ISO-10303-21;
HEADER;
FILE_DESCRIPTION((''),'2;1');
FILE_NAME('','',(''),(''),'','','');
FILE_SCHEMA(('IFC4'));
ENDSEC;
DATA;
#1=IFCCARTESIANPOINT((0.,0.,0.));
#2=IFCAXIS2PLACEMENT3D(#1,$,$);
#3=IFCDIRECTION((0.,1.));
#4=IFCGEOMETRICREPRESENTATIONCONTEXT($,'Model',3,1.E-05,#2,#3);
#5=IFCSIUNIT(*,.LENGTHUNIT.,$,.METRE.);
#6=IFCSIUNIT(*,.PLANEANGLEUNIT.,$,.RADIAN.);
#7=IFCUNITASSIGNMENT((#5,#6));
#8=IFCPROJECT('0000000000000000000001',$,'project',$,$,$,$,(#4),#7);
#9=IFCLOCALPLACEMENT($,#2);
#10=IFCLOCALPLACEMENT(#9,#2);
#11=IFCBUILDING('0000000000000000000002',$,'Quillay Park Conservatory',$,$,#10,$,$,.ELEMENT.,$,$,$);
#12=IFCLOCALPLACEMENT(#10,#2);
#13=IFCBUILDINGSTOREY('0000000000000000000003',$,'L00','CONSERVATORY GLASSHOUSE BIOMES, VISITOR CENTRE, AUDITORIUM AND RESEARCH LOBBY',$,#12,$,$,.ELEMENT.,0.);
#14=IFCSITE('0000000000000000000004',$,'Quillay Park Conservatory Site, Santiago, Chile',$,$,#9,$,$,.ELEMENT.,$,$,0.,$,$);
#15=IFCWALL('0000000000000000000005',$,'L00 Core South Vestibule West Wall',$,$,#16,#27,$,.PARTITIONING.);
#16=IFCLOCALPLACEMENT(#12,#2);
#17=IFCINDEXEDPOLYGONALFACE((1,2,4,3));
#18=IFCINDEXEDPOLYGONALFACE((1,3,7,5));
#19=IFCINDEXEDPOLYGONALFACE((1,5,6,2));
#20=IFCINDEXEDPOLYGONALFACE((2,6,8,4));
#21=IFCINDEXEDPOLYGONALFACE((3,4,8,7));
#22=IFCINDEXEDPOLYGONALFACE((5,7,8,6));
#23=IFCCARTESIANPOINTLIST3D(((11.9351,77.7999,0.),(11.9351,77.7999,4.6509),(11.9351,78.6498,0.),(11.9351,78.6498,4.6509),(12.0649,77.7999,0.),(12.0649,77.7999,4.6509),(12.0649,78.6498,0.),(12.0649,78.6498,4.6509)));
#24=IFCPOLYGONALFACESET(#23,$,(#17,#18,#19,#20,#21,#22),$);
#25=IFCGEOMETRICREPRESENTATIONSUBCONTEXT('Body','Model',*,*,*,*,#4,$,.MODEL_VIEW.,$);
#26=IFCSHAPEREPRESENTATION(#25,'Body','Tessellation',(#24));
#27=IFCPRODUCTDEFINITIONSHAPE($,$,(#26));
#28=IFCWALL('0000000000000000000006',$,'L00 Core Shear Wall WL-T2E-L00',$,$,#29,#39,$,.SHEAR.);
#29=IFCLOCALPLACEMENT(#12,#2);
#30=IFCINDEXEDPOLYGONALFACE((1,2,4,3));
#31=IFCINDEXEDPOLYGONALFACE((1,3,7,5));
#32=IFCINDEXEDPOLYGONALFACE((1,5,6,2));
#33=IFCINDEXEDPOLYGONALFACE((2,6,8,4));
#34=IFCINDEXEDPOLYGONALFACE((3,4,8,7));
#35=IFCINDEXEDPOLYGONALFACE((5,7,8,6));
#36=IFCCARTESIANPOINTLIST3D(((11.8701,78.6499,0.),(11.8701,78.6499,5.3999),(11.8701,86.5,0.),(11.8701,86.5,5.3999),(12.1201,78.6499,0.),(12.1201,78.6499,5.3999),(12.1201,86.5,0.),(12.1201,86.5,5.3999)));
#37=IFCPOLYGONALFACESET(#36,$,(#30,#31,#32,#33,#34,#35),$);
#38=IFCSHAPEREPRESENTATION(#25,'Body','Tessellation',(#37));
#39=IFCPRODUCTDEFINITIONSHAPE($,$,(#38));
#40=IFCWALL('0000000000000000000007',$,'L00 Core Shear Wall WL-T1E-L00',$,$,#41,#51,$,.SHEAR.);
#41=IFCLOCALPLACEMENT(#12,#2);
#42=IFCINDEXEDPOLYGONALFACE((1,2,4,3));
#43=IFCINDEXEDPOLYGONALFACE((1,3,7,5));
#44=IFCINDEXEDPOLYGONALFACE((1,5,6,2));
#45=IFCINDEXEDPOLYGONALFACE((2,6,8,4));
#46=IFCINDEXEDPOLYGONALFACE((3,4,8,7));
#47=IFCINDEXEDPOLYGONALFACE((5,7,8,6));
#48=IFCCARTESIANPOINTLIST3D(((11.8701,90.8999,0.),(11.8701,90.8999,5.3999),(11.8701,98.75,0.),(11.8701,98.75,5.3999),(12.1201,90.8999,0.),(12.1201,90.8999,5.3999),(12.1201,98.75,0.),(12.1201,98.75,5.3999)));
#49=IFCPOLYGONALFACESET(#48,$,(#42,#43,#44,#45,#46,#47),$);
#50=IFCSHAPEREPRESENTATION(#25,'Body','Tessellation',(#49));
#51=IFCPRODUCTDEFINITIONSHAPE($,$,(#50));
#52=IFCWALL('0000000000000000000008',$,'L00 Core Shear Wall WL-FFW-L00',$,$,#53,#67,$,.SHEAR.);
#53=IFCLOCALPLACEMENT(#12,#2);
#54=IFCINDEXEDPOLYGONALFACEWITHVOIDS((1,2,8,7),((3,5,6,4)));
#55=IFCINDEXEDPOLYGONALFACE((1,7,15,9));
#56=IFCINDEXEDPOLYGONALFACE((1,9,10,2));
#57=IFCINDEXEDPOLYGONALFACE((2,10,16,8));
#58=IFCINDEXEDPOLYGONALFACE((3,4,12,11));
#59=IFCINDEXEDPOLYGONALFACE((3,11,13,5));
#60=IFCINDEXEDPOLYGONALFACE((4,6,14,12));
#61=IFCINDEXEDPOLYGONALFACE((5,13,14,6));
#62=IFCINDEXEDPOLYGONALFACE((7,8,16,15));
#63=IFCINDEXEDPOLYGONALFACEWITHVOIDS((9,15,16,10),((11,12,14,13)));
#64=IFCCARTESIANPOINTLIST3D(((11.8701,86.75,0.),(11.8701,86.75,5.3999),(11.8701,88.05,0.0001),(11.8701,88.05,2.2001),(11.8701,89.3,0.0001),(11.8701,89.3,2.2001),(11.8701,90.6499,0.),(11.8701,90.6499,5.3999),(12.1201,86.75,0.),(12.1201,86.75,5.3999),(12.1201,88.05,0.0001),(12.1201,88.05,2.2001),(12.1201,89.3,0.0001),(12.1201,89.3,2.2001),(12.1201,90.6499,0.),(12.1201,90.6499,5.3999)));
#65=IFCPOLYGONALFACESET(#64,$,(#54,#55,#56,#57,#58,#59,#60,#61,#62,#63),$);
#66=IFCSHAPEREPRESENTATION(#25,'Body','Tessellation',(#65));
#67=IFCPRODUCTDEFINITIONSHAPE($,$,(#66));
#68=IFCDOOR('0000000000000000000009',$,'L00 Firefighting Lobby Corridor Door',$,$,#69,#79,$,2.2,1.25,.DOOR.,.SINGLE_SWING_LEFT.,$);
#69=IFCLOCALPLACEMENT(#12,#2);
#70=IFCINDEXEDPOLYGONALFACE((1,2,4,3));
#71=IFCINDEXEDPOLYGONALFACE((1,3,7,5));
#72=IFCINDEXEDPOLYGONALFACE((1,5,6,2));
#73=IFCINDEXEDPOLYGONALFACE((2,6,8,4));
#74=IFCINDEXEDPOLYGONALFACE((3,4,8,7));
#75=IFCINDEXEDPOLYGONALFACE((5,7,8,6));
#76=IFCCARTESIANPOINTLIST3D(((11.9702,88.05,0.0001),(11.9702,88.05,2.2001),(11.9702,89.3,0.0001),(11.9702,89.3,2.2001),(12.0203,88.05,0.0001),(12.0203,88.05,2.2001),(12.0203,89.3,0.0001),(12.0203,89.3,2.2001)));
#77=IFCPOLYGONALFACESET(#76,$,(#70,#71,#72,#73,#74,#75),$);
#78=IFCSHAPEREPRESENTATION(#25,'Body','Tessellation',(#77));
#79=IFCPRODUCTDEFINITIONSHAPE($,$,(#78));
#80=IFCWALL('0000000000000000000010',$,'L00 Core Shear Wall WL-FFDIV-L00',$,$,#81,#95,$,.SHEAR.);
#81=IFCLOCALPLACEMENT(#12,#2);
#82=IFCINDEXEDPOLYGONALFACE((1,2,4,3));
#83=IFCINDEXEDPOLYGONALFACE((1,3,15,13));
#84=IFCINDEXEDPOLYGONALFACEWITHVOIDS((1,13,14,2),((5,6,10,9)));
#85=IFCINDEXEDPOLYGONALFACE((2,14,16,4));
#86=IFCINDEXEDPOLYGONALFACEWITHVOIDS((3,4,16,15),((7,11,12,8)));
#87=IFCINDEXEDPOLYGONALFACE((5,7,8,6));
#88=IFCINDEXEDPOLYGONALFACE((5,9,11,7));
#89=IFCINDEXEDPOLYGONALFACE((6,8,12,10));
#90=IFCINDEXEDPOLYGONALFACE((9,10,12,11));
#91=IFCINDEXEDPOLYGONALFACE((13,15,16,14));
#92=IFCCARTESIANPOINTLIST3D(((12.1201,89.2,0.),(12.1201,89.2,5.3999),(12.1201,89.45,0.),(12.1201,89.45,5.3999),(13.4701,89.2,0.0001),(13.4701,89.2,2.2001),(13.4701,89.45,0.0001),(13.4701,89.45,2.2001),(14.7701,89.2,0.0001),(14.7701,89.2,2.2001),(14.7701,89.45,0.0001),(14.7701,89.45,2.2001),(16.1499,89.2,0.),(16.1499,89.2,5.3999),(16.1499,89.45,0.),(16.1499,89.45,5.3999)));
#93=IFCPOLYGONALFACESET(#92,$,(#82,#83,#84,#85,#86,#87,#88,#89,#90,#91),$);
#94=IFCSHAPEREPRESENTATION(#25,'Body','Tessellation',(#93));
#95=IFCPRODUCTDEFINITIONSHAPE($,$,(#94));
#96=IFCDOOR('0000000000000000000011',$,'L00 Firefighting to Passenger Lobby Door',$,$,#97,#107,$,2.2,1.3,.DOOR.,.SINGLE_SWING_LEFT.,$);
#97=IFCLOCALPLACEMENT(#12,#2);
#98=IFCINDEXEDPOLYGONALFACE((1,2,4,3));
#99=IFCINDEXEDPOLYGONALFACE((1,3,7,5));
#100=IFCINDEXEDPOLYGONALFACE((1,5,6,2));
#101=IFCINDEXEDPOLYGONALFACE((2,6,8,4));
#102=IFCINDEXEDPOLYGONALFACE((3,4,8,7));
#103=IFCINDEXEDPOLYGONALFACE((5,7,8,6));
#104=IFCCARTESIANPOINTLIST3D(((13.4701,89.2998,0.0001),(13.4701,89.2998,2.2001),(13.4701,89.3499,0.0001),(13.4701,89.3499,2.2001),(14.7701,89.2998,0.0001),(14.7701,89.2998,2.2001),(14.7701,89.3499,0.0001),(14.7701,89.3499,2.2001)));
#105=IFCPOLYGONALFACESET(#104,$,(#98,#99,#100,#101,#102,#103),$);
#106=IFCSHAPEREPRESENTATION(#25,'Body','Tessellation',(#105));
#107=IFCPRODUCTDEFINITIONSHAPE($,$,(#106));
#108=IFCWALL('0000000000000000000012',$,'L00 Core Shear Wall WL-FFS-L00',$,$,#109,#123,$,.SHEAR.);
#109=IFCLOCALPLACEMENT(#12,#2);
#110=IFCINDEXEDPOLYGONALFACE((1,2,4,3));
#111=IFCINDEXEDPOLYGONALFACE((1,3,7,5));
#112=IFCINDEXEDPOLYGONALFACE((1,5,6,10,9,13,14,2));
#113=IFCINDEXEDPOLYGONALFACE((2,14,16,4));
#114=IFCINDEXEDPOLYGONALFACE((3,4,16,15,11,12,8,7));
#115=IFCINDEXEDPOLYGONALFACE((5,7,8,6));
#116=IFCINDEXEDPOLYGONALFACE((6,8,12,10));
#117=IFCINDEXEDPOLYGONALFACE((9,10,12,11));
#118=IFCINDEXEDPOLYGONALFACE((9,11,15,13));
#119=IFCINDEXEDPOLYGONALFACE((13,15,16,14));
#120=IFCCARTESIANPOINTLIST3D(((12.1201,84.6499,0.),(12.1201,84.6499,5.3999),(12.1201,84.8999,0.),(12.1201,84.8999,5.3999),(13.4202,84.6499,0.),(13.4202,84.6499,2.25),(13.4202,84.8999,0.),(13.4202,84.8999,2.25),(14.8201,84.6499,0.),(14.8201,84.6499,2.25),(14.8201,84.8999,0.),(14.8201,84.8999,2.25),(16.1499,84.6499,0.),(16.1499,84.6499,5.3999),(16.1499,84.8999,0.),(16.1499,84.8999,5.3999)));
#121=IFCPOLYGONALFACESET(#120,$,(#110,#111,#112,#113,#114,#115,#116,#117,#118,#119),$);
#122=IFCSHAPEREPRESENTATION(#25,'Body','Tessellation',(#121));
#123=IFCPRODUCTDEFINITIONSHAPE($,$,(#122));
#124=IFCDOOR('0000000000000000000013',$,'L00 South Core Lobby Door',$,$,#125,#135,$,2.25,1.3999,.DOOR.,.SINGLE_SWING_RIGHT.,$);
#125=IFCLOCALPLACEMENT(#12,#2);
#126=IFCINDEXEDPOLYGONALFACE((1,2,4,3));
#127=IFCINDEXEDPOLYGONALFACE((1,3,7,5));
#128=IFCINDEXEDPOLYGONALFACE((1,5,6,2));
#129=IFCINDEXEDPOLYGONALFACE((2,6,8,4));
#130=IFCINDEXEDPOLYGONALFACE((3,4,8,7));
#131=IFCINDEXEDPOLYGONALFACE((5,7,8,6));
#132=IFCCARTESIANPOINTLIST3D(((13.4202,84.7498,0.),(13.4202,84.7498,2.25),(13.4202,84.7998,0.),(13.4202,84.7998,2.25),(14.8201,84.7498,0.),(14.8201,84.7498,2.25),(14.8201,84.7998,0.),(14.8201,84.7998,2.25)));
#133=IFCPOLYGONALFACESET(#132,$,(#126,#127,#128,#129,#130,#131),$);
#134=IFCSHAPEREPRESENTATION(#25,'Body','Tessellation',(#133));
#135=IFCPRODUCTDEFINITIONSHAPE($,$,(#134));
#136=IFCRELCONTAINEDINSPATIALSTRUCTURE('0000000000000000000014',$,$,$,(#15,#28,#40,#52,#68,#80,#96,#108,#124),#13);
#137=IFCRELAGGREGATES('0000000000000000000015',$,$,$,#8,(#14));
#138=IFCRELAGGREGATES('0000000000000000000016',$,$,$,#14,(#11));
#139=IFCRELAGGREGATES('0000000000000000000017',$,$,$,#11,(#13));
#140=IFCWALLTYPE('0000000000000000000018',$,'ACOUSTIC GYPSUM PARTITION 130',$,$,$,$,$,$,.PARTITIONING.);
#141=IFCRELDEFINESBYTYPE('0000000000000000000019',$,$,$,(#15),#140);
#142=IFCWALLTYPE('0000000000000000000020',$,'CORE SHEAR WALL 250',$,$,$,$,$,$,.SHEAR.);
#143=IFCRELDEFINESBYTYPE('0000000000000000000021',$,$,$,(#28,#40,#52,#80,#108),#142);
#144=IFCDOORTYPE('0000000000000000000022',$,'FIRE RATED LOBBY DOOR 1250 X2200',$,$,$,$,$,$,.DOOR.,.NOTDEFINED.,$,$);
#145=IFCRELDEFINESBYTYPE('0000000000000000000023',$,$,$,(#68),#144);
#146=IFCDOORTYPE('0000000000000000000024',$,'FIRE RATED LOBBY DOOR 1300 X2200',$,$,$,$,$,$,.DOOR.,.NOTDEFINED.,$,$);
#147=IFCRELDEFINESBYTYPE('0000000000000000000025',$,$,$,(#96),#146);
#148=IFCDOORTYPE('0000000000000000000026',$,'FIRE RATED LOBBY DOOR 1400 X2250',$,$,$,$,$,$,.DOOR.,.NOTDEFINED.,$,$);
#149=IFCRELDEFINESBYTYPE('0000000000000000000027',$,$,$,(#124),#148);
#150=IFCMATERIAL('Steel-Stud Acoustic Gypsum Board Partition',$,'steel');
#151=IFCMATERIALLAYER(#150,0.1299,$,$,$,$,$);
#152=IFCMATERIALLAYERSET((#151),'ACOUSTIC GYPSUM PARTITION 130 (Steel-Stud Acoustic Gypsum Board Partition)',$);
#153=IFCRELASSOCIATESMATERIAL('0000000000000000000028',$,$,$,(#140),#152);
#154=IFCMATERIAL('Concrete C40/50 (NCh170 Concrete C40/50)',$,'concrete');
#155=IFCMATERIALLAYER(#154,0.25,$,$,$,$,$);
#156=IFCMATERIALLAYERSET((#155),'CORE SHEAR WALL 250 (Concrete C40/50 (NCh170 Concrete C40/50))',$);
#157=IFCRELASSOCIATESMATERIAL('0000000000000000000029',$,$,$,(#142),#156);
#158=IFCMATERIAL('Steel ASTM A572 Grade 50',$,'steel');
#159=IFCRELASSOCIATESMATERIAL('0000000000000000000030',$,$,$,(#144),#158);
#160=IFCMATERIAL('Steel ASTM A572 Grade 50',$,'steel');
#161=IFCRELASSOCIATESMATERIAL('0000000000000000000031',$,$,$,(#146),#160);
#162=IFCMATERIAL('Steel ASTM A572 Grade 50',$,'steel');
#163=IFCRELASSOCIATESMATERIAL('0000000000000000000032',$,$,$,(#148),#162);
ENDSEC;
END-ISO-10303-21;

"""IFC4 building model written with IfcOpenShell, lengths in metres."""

from ifc_helpers import new_model, si_unit, direction, frame, frame_2d, origin, place, context, subcontext, project, spatial, rectangle, extrude, material, layer, layer_set, type_object, element, fill, save


model = new_model("IFC4")

# Units and contexts
model_context = context("Model", 3, precision=1e-05, world=origin(), true_north=direction((0.0, 1.0)))
body_context = subcontext(model_context, "Body", "Model", "MODEL_VIEW")
ifc_project = project(units=[si_unit("LENGTHUNIT", "METRE"), si_unit("PLANEANGLEUNIT", "RADIAN")], contexts=[model_context])

# Site, building, storey
site_placement = place(None, origin())
site = spatial("IfcSite", under=ifc_project, at=site_placement, Name="Quillay Park Conservatory Site, Santiago, Chile", CompositionType="ELEMENT", RefElevation=0.0)
building_placement = place(site_placement, origin())
building = spatial("IfcBuilding", under=site, at=building_placement, Name="Quillay Park Conservatory", CompositionType="ELEMENT")
storey_placement = place(building_placement, origin())
storey = spatial("IfcBuildingStorey", under=building, at=storey_placement, Name="L00", Description="CONSERVATORY GLASSHOUSE BIOMES, VISITOR CENTRE, AUDITORIUM AND RESEARCH LOBBY", CompositionType="ELEMENT", Elevation=0.0)

# Walls
ifc_material_1 = material(Name="Steel-Stud Acoustic Gypsum Board Partition", Category="steel")
ifc_layer_1 = layer(ifc_material_1, 0.1299)
ifc_layer_set_1 = layer_set([ifc_layer_1], Name="ACOUSTIC GYPSUM PARTITION 130 (Steel-Stud Acoustic Gypsum Board Partition)")
wall_type_1 = type_object("IfcWallType", Name="ACOUSTIC GYPSUM PARTITION 130", PredefinedType="PARTITIONING", material=ifc_layer_set_1)
wall_1_placement = place(storey_placement, frame((12.0, 77.8, 0.0), z_axis=(0.0, 0.0, 1.0), x_axis=(0.0, 1.0, 0.0)))
element("IfcWall", 1, at=wall_1_placement, inside=storey, type_object=wall_type_1, Name="L00 Core South Vestibule West Wall", PredefinedType="PARTITIONING", context=body_context, shape_type="SweptSolid", body=[
    extrude(rectangle(XDim=0.8499, YDim=0.1299, at=frame_2d((0.4248, 0.0))), origin(), (0.0, 0.0, 1.0), 4.6509),
])
ifc_material_2 = material(Name="Concrete C40/50 (NCh170 Concrete C40/50)", Category="concrete")
ifc_layer_2 = layer(ifc_material_2, 0.25)
ifc_layer_set_2 = layer_set([ifc_layer_2], Name="CORE SHEAR WALL 250 (Concrete C40/50 (NCh170 Concrete C40/50))")
wall_type_2 = type_object("IfcWallType", Name="CORE SHEAR WALL 250", PredefinedType="SHEAR", material=ifc_layer_set_2)
for number, where, z_axis, x_axis, name in (
    (2, (11.9951, 78.6499, 0.0), (0.0, 0.0, 1.0), (0.0, 1.0, 0.0), "L00 Core Shear Wall WL-T2E-L00"),
    (3, (11.9951, 90.8999, 0.0), (0.0, 0.0, 1.0), (0.0, 1.0, 0.0), "L00 Core Shear Wall WL-T1E-L00"),
):
    element("IfcWall", number, at=place(storey_placement, frame(where, z_axis=z_axis, x_axis=x_axis)), inside=storey, type_object=wall_type_2, Name=name, PredefinedType="SHEAR", context=body_context, shape_type="SweptSolid", body=[
        extrude(rectangle(XDim=7.8501, YDim=0.25, at=frame_2d((3.925, 0.0))), origin(), (0.0, 0.0, 1.0), 5.3999),
    ])

# Walls, openings, doors
wall_2_placement = place(storey_placement, frame((11.9951, 86.75, 0.0), z_axis=(0.0, 0.0, 1.0), x_axis=(0.0, 1.0, 0.0)))
wall_2 = element("IfcWall", 4, at=wall_2_placement, inside=storey, type_object=wall_type_2, Name="L00 Core Shear Wall WL-FFW-L00", PredefinedType="SHEAR", context=body_context, shape_type="SweptSolid", body=[
    extrude(rectangle(XDim=3.8999, YDim=0.25, at=frame_2d((1.95, 0.0))), origin(), (0.0, 0.0, 1.0), 5.3999),
])
opening_1_placement = place(wall_2_placement, frame((1.3, 0.0, 0.0)))
opening_1 = element("IfcOpeningElement", 5, at=opening_1_placement, cuts=wall_2, PredefinedType="OPENING", context=body_context, shape_type="SweptSolid", body=[
    extrude(rectangle(XDim=1.25, YDim=2.2, at=frame_2d((0.625, 1.1001))), frame((0.0, 0.125, 0.0), z_axis=(0.0, -1.0, 0.0), x_axis=(1.0, 0.0, 0.0)), (0.0, 0.0, 1.0), 0.25),
])
ifc_material_3 = material(Name="Steel ASTM A572 Grade 50", Category="steel")
door_type_1 = type_object("IfcDoorType", Name="FIRE RATED LOBBY DOOR 1250 X2200", OperationType="NOTDEFINED", PredefinedType="DOOR", material=ifc_material_3)
door_1_placement = place(opening_1_placement, origin())
door_1 = element("IfcDoor", 6, at=door_1_placement, inside=storey, type_object=door_type_1, Name="L00 Firefighting Lobby Corridor Door", OperationType="SINGLE_SWING_LEFT", OverallHeight=2.2, OverallWidth=1.25, PredefinedType="DOOR", context=body_context, shape_type="SweptSolid", body=[
    extrude(rectangle(XDim=1.25, YDim=2.2, at=frame_2d((0.625, 1.1001))), frame((0.0, 0.0249, 0.0), z_axis=(0.0, -1.0, 0.0), x_axis=(1.0, 0.0, 0.0)), (0.0, 0.0, 1.0), 0.05),
])
fill(opening_1, door_1)
wall_3_placement = place(storey_placement, frame((12.1201, 89.325, 0.0), z_axis=(0.0, 0.0, 1.0), x_axis=(1.0, 0.0, 0.0)))
wall_3 = element("IfcWall", 7, at=wall_3_placement, inside=storey, type_object=wall_type_2, Name="L00 Core Shear Wall WL-FFDIV-L00", PredefinedType="SHEAR", context=body_context, shape_type="SweptSolid", body=[
    extrude(rectangle(XDim=4.0298, YDim=0.25, at=frame_2d((2.0149, 0.0))), origin(), (0.0, 0.0, 1.0), 5.3999),
])
opening_2_placement = place(wall_3_placement, frame((1.3501, 0.0, 0.0)))
opening_2 = element("IfcOpeningElement", 8, at=opening_2_placement, cuts=wall_3, PredefinedType="OPENING", context=body_context, shape_type="SweptSolid", body=[
    extrude(rectangle(XDim=1.3, YDim=2.2, at=frame_2d((0.6499, 1.1001))), frame((0.0, 0.125, 0.0), z_axis=(0.0, -1.0, 0.0), x_axis=(1.0, 0.0, 0.0)), (0.0, 0.0, 1.0), 0.25),
])
ifc_material_4 = material(Name="Steel ASTM A572 Grade 50", Category="steel")
door_type_2 = type_object("IfcDoorType", Name="FIRE RATED LOBBY DOOR 1300 X2200", OperationType="NOTDEFINED", PredefinedType="DOOR", material=ifc_material_4)
door_2_placement = place(opening_2_placement, origin())
door_2 = element("IfcDoor", 9, at=door_2_placement, inside=storey, type_object=door_type_2, Name="L00 Firefighting to Passenger Lobby Door", OperationType="SINGLE_SWING_LEFT", OverallHeight=2.2, OverallWidth=1.3, PredefinedType="DOOR", context=body_context, shape_type="SweptSolid", body=[
    extrude(rectangle(XDim=1.3, YDim=2.2, at=frame_2d((0.6499, 1.1001))), frame((0.0, 0.0249, 0.0), z_axis=(0.0, -1.0, 0.0), x_axis=(1.0, 0.0, 0.0)), (0.0, 0.0, 1.0), 0.05),
])
fill(opening_2, door_2)
wall_4_placement = place(storey_placement, frame((12.1201, 84.7749, 0.0), z_axis=(0.0, 0.0, 1.0), x_axis=(1.0, 0.0, 0.0)))
wall_4 = element("IfcWall", 10, at=wall_4_placement, inside=storey, type_object=wall_type_2, Name="L00 Core Shear Wall WL-FFS-L00", PredefinedType="SHEAR", context=body_context, shape_type="SweptSolid", body=[
    extrude(rectangle(XDim=4.0298, YDim=0.25, at=frame_2d((2.0149, 0.0))), origin(), (0.0, 0.0, 1.0), 5.3999),
])
opening_3_placement = place(wall_4_placement, frame((1.3, 0.0, 0.0)))
opening_3 = element("IfcOpeningElement", 11, at=opening_3_placement, cuts=wall_4, PredefinedType="OPENING", context=body_context, shape_type="SweptSolid", body=[
    extrude(rectangle(XDim=1.3999, YDim=2.25, at=frame_2d((0.7, 1.125))), frame((0.0, 0.125, 0.0), z_axis=(0.0, -1.0, 0.0), x_axis=(1.0, 0.0, 0.0)), (0.0, 0.0, 1.0), 0.25),
])
ifc_material_5 = material(Name="Steel ASTM A572 Grade 50", Category="steel")
door_type_3 = type_object("IfcDoorType", Name="FIRE RATED LOBBY DOOR 1400 X2250", OperationType="NOTDEFINED", PredefinedType="DOOR", material=ifc_material_5)
door_3_placement = place(opening_3_placement, origin())
door_3 = element("IfcDoor", 12, at=door_3_placement, inside=storey, type_object=door_type_3, Name="L00 South Core Lobby Door", OperationType="SINGLE_SWING_RIGHT", OverallHeight=2.25, OverallWidth=1.3999, PredefinedType="DOOR", context=body_context, shape_type="SweptSolid", body=[
    extrude(rectangle(XDim=1.3999, YDim=2.25, at=frame_2d((0.7, 1.125))), frame((0.0, 0.0249, 0.0), z_axis=(0.0, -1.0, 0.0), x_axis=(1.0, 0.0, 0.0)), (0.0, 0.0, 1.0), 0.05),
])
fill(opening_3, door_3)

save(model, "model.ifc")
